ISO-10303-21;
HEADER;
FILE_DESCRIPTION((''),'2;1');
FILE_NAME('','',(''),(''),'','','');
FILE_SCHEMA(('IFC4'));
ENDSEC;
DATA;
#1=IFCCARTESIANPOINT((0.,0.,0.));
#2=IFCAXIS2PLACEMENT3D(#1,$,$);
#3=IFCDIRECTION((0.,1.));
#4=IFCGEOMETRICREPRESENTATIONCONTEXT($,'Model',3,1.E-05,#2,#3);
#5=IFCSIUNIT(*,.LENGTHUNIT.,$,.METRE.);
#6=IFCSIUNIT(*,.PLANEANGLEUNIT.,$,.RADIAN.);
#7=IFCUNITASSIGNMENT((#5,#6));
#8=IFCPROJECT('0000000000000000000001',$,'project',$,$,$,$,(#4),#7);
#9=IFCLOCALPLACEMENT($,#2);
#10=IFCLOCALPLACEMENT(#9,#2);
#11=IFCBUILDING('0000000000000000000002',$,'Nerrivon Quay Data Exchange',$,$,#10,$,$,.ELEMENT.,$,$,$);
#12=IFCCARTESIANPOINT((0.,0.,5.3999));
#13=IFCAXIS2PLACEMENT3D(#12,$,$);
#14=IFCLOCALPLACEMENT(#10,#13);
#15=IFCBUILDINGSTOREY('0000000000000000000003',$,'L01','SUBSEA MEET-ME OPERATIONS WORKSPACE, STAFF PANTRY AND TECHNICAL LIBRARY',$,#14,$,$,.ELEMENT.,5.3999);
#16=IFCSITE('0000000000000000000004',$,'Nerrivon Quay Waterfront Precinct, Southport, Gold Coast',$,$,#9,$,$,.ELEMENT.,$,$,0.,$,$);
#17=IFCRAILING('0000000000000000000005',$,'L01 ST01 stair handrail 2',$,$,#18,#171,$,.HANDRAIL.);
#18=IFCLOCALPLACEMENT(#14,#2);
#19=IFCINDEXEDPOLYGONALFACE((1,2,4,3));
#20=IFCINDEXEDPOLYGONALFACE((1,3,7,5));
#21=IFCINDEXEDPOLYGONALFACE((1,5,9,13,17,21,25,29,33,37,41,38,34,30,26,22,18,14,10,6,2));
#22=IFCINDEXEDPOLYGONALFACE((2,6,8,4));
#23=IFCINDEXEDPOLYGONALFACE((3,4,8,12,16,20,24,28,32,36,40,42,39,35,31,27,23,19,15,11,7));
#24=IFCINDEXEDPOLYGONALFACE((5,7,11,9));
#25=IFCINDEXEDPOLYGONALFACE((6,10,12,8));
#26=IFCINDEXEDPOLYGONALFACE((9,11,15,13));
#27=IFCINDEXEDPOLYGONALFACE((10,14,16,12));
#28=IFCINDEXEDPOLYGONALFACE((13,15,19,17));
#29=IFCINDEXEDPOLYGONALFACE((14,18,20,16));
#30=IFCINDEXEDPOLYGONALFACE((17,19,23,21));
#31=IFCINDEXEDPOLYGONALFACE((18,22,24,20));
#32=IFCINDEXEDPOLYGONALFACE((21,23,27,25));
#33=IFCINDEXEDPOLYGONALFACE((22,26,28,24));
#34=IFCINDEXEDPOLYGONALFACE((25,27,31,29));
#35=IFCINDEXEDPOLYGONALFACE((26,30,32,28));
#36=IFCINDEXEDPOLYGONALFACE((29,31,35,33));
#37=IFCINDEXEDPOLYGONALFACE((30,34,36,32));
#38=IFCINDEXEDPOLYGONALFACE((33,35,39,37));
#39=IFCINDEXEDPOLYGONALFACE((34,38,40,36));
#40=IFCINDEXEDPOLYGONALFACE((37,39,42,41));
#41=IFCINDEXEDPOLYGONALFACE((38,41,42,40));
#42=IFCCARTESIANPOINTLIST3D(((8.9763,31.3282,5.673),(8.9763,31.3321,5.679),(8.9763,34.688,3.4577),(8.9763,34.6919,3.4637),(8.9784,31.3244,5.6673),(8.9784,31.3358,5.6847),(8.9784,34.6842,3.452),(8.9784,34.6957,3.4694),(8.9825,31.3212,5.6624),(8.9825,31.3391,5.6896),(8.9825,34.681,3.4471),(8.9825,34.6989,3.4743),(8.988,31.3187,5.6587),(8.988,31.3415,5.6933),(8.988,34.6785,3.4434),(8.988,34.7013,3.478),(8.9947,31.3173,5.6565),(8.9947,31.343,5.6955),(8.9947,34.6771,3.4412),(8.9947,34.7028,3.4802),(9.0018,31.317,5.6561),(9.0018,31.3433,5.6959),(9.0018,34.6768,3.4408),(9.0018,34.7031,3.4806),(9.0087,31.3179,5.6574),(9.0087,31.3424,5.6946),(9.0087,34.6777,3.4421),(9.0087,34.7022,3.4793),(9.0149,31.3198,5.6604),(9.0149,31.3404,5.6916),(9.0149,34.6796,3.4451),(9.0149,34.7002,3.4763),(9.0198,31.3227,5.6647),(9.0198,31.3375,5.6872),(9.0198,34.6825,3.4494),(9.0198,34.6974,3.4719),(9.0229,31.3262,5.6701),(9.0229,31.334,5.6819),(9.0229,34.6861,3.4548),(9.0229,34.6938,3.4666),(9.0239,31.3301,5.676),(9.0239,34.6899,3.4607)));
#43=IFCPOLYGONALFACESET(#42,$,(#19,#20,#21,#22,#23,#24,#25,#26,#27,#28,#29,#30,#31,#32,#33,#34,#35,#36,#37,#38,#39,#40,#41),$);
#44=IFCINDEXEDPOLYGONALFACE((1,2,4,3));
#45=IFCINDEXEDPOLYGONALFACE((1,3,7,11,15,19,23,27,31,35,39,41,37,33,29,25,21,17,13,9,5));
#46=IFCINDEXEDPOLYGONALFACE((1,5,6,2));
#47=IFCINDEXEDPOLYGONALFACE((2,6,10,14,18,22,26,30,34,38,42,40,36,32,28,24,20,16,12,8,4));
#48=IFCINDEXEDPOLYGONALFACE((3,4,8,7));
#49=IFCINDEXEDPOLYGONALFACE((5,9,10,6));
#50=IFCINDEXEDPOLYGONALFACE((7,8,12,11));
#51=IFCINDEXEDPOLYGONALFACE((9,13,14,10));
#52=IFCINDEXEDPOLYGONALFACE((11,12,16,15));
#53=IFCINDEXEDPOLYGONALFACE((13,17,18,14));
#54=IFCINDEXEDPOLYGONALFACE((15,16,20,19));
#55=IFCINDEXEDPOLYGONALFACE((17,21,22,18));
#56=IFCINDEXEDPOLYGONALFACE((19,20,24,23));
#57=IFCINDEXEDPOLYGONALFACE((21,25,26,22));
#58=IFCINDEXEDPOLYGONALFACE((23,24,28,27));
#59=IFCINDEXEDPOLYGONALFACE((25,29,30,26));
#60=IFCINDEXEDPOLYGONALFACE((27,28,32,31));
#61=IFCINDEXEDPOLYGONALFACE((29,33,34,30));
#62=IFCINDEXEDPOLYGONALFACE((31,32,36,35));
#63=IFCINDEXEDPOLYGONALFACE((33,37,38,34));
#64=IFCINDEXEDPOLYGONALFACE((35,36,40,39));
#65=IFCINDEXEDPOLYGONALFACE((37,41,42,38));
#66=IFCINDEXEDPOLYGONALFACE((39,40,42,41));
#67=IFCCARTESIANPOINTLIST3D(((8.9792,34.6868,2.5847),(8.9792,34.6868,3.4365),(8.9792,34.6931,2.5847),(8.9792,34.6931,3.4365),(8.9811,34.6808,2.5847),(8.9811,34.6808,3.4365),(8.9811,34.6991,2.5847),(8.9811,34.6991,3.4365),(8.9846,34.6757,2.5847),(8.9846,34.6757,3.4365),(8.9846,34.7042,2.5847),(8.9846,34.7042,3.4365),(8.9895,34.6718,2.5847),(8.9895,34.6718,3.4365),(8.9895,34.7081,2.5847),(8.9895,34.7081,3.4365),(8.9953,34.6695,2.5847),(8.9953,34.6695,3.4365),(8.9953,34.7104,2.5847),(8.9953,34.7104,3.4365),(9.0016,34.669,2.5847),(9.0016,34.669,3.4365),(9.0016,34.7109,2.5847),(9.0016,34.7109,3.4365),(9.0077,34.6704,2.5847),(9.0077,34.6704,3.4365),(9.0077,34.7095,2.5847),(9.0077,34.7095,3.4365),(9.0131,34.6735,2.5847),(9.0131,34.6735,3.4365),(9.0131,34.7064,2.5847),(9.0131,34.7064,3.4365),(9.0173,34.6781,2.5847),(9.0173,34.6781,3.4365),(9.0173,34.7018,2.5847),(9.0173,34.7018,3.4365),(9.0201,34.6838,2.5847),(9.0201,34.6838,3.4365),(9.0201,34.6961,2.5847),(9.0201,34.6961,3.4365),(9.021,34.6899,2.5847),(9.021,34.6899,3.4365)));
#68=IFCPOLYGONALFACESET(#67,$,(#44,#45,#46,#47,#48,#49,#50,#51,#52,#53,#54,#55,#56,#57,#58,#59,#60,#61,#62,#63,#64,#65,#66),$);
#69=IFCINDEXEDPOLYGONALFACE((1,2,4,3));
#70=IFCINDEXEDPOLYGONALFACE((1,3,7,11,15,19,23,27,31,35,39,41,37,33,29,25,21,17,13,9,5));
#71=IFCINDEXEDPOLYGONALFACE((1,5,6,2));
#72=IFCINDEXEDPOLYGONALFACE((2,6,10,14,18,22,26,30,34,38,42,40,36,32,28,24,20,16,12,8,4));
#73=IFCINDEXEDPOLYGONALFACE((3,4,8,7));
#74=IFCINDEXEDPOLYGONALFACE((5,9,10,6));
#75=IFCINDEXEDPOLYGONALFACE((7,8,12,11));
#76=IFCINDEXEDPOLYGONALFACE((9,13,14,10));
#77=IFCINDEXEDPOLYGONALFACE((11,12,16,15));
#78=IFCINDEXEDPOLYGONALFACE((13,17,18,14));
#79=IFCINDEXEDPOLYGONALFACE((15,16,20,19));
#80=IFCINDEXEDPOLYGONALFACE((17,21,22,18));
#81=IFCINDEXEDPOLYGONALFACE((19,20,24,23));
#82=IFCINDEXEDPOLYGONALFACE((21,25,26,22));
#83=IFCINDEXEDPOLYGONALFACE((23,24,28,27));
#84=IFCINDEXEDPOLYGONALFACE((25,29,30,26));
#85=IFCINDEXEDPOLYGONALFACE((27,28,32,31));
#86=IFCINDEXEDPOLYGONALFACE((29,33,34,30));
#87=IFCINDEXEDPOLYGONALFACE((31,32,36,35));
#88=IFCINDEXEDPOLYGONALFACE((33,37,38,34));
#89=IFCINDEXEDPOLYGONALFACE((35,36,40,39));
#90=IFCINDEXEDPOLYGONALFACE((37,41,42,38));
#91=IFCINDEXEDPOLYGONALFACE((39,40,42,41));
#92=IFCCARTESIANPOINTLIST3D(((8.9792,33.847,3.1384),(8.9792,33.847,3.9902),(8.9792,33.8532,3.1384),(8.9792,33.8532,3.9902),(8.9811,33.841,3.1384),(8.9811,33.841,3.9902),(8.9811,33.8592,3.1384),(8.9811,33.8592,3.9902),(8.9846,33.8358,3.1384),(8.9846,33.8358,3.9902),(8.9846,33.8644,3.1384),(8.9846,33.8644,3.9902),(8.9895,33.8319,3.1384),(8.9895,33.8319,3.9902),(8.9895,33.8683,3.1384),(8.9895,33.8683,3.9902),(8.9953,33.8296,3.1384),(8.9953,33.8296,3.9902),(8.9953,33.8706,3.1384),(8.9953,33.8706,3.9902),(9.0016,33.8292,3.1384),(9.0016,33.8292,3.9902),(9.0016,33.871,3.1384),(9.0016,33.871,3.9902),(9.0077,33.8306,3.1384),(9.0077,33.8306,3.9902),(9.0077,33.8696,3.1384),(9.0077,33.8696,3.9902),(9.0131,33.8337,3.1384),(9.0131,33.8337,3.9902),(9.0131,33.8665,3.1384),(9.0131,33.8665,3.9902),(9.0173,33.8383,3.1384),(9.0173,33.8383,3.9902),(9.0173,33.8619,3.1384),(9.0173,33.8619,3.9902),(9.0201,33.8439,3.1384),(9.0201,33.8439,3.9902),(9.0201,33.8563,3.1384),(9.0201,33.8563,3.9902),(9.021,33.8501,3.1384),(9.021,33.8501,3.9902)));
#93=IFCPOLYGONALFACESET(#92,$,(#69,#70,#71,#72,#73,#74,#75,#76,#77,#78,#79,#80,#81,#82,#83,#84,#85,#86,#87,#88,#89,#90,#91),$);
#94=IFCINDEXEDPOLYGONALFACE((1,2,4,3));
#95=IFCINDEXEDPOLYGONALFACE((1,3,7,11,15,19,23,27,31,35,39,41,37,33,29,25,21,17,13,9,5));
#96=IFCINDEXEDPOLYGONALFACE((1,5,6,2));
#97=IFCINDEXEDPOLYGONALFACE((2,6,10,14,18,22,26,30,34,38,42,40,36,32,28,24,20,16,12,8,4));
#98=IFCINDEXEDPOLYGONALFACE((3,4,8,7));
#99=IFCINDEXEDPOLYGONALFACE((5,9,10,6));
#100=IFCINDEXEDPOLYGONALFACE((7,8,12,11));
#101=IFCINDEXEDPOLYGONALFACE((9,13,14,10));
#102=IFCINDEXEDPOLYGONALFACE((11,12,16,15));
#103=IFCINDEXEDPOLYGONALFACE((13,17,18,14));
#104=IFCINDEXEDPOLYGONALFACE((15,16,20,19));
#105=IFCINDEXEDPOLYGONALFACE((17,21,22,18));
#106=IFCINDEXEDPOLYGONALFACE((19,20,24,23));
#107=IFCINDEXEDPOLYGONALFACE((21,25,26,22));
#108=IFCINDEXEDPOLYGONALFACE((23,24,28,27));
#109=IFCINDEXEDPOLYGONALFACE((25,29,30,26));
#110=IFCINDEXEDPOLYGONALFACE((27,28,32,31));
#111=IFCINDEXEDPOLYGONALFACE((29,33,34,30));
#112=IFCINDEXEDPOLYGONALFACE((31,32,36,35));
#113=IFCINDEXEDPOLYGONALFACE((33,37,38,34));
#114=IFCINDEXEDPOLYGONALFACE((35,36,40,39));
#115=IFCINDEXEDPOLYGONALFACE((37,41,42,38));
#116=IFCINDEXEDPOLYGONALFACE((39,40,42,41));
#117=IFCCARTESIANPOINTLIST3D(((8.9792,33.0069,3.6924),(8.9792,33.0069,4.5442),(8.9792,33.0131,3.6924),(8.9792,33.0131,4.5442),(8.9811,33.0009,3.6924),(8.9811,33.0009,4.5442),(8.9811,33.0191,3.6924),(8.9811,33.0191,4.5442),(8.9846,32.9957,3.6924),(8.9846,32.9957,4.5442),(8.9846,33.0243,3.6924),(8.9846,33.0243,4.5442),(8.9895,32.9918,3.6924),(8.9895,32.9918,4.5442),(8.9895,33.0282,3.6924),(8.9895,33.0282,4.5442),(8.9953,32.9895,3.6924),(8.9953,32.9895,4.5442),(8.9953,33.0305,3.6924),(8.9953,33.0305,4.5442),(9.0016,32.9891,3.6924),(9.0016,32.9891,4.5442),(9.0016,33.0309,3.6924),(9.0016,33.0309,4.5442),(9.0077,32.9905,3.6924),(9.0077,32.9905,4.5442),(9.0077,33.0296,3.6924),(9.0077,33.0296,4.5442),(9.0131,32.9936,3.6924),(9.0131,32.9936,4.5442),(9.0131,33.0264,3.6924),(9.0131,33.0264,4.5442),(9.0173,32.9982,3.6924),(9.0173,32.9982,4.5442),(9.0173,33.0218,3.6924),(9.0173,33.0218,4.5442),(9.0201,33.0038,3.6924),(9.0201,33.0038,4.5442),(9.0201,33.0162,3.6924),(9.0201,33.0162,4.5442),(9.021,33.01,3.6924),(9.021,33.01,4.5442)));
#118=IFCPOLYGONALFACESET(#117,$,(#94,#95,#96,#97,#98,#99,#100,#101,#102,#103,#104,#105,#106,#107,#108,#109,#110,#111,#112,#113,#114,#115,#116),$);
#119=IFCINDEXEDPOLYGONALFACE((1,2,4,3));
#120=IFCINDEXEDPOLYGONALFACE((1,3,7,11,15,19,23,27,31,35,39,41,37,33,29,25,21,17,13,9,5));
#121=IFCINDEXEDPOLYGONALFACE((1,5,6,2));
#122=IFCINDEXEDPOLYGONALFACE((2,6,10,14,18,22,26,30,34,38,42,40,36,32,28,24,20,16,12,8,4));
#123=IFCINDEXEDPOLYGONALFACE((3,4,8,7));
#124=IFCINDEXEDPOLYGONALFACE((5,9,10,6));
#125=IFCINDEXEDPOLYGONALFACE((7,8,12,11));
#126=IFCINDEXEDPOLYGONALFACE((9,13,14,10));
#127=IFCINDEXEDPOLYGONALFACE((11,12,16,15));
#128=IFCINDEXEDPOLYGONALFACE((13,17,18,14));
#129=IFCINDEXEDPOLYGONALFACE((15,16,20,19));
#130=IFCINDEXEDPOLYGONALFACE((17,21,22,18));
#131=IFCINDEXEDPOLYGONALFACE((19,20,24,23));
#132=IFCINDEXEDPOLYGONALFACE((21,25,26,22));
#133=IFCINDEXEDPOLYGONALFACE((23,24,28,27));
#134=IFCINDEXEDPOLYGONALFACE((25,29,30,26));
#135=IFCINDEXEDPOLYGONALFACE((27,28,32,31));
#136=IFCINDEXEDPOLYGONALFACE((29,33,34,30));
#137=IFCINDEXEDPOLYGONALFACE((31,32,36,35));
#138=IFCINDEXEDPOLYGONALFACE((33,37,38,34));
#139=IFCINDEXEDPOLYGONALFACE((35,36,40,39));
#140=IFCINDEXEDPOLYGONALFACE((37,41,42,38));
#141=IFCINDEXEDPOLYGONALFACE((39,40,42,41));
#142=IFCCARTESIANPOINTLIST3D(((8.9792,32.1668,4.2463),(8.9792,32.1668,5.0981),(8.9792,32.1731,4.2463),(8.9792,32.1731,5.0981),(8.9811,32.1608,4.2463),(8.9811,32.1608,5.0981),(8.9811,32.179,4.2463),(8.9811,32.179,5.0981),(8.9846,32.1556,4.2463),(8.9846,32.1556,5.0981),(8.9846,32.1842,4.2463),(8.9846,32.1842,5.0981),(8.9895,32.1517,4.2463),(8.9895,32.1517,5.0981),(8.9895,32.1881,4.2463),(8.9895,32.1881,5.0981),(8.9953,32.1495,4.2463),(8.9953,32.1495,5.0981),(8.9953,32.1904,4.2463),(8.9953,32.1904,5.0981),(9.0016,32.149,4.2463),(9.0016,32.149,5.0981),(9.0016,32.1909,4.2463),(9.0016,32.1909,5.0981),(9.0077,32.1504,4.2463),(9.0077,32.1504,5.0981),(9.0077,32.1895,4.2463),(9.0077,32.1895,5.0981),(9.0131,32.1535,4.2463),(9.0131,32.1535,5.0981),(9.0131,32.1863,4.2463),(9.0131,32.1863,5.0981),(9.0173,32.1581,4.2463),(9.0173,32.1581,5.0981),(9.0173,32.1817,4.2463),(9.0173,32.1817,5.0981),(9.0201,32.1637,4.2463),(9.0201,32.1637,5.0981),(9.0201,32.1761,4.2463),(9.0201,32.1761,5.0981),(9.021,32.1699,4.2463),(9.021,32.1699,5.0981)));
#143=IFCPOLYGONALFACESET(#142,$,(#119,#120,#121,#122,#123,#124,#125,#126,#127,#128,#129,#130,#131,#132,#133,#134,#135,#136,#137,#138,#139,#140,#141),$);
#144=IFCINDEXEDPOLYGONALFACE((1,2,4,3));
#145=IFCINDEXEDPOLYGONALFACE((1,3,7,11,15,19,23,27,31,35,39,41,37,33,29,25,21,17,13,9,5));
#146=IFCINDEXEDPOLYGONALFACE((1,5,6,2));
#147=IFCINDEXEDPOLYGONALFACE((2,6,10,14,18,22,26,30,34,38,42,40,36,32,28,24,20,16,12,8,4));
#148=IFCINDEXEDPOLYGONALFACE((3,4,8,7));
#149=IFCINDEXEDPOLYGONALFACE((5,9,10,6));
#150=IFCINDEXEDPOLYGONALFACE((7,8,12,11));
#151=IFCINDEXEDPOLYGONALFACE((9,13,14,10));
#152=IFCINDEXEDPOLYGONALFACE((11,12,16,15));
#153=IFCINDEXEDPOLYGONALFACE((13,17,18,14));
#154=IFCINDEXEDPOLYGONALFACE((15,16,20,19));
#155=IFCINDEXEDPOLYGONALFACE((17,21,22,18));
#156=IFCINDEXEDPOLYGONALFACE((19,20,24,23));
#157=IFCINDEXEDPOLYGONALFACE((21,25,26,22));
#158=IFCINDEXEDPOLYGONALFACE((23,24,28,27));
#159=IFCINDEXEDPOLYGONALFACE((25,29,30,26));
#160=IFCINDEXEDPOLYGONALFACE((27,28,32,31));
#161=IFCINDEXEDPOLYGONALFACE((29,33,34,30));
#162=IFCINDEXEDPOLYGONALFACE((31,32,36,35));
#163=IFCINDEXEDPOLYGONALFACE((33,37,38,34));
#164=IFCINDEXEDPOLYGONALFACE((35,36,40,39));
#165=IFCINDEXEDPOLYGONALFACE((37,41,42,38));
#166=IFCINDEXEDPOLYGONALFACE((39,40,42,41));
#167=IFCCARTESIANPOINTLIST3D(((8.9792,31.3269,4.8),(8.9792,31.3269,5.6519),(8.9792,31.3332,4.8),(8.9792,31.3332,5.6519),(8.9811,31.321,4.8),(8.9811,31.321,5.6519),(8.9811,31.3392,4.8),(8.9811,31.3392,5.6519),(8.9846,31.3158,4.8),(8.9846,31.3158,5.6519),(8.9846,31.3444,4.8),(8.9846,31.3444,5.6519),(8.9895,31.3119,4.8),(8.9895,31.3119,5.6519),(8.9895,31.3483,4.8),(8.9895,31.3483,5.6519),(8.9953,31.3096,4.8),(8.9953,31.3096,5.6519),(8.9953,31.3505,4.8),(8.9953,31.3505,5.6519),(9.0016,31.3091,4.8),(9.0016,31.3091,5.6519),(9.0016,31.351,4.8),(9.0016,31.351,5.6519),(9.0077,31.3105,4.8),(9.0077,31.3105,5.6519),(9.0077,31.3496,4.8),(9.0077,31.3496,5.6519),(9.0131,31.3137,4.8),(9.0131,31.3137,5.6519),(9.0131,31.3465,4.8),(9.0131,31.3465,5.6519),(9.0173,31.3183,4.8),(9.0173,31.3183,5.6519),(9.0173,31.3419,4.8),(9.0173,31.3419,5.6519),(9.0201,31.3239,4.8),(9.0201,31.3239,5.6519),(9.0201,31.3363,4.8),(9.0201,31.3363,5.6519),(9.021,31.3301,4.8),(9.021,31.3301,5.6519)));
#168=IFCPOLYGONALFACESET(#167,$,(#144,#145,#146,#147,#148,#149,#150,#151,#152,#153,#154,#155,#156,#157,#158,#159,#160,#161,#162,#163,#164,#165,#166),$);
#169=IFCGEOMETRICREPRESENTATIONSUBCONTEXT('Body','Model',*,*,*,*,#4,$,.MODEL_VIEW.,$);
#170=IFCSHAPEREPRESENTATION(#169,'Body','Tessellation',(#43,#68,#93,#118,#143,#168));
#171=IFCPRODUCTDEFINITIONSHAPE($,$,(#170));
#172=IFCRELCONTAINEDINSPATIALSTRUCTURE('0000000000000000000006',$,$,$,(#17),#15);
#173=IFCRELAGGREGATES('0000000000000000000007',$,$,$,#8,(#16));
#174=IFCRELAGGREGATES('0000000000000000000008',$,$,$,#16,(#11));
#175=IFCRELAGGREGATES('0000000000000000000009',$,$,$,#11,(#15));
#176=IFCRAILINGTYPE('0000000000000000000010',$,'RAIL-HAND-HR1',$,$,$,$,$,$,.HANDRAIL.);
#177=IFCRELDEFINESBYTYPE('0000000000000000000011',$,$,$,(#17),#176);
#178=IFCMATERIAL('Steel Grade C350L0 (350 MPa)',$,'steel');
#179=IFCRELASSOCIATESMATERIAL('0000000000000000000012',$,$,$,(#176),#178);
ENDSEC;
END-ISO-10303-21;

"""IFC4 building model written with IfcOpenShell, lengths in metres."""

from ifc_helpers import new_model, si_unit, direction, frame, origin, origin_2d, place, context, subcontext, project, spatial, circle, extrude, material, type_object, element, save


model = new_model("IFC4")

# Units and contexts
model_context = context("Model", 3, precision=1e-05, world=origin(), true_north=direction((0.0, 1.0)))
body_context = subcontext(model_context, "Body", "Model", "MODEL_VIEW")
ifc_project = project(units=[si_unit("LENGTHUNIT", "METRE"), si_unit("PLANEANGLEUNIT", "RADIAN")], contexts=[model_context])

# Site, building, storey
site_placement = place(None, origin())
site = spatial("IfcSite", under=ifc_project, at=site_placement, Name="Nerrivon Quay Waterfront Precinct, Southport, Gold Coast", CompositionType="ELEMENT", RefElevation=0.0)
building_placement = place(site_placement, origin())
building = spatial("IfcBuilding", under=site, at=building_placement, Name="Nerrivon Quay Data Exchange", CompositionType="ELEMENT")
storey_placement = place(building_placement, frame((0.0, 0.0, 5.3999)))
storey = spatial("IfcBuildingStorey", under=building, at=storey_placement, Name="L01", Description="SUBSEA MEET-ME OPERATIONS WORKSPACE, STAFF PANTRY AND TECHNICAL LIBRARY", CompositionType="ELEMENT", Elevation=5.3999)

# Railing
ifc_material_1 = material(Name="Steel Grade C350L0 (350 MPa)", Category="steel")
railing_type = type_object("IfcRailingType", Name="RAIL-HAND-HR1", PredefinedType="HANDRAIL", material=ifc_material_1)
railing_placement = place(storey_placement, frame((9.0, 34.6899, 2.5847)))
element("IfcRailing", 1, at=railing_placement, inside=storey, type_object=railing_type, Name="L01 ST01 stair handrail 2", PredefinedType="HANDRAIL", context=body_context, shape_type="SweptSolid", body=[
    extrude(circle(Radius=0.0239, at=origin_2d()), frame((0.0, 0.0, 0.876), z_axis=(0.0, -0.834858, 0.550465), x_axis=(1.0, 0.0, 0.0)), (0.0, 0.0, 1.0), 4.0244),
    extrude(circle(Radius=0.021, at=origin_2d()), origin(), (0.0, 0.0, 1.0), 0.8518),
    extrude(circle(Radius=0.021, at=origin_2d()), frame((0.0, -0.8398, 0.5537)), (0.0, 0.0, 1.0), 0.8518),
    extrude(circle(Radius=0.021, at=origin_2d()), frame((0.0, -1.6799, 1.1077)), (0.0, 0.0, 1.0), 0.8518),
    extrude(circle(Radius=0.021, at=origin_2d()), frame((0.0, -2.52, 1.6616)), (0.0, 0.0, 1.0), 0.8518),
    extrude(circle(Radius=0.021, at=origin_2d()), frame((0.0, -3.3599, 2.2153)), (0.0, 0.0, 1.0), 0.8518),
])

save(model, "model.ifc")
